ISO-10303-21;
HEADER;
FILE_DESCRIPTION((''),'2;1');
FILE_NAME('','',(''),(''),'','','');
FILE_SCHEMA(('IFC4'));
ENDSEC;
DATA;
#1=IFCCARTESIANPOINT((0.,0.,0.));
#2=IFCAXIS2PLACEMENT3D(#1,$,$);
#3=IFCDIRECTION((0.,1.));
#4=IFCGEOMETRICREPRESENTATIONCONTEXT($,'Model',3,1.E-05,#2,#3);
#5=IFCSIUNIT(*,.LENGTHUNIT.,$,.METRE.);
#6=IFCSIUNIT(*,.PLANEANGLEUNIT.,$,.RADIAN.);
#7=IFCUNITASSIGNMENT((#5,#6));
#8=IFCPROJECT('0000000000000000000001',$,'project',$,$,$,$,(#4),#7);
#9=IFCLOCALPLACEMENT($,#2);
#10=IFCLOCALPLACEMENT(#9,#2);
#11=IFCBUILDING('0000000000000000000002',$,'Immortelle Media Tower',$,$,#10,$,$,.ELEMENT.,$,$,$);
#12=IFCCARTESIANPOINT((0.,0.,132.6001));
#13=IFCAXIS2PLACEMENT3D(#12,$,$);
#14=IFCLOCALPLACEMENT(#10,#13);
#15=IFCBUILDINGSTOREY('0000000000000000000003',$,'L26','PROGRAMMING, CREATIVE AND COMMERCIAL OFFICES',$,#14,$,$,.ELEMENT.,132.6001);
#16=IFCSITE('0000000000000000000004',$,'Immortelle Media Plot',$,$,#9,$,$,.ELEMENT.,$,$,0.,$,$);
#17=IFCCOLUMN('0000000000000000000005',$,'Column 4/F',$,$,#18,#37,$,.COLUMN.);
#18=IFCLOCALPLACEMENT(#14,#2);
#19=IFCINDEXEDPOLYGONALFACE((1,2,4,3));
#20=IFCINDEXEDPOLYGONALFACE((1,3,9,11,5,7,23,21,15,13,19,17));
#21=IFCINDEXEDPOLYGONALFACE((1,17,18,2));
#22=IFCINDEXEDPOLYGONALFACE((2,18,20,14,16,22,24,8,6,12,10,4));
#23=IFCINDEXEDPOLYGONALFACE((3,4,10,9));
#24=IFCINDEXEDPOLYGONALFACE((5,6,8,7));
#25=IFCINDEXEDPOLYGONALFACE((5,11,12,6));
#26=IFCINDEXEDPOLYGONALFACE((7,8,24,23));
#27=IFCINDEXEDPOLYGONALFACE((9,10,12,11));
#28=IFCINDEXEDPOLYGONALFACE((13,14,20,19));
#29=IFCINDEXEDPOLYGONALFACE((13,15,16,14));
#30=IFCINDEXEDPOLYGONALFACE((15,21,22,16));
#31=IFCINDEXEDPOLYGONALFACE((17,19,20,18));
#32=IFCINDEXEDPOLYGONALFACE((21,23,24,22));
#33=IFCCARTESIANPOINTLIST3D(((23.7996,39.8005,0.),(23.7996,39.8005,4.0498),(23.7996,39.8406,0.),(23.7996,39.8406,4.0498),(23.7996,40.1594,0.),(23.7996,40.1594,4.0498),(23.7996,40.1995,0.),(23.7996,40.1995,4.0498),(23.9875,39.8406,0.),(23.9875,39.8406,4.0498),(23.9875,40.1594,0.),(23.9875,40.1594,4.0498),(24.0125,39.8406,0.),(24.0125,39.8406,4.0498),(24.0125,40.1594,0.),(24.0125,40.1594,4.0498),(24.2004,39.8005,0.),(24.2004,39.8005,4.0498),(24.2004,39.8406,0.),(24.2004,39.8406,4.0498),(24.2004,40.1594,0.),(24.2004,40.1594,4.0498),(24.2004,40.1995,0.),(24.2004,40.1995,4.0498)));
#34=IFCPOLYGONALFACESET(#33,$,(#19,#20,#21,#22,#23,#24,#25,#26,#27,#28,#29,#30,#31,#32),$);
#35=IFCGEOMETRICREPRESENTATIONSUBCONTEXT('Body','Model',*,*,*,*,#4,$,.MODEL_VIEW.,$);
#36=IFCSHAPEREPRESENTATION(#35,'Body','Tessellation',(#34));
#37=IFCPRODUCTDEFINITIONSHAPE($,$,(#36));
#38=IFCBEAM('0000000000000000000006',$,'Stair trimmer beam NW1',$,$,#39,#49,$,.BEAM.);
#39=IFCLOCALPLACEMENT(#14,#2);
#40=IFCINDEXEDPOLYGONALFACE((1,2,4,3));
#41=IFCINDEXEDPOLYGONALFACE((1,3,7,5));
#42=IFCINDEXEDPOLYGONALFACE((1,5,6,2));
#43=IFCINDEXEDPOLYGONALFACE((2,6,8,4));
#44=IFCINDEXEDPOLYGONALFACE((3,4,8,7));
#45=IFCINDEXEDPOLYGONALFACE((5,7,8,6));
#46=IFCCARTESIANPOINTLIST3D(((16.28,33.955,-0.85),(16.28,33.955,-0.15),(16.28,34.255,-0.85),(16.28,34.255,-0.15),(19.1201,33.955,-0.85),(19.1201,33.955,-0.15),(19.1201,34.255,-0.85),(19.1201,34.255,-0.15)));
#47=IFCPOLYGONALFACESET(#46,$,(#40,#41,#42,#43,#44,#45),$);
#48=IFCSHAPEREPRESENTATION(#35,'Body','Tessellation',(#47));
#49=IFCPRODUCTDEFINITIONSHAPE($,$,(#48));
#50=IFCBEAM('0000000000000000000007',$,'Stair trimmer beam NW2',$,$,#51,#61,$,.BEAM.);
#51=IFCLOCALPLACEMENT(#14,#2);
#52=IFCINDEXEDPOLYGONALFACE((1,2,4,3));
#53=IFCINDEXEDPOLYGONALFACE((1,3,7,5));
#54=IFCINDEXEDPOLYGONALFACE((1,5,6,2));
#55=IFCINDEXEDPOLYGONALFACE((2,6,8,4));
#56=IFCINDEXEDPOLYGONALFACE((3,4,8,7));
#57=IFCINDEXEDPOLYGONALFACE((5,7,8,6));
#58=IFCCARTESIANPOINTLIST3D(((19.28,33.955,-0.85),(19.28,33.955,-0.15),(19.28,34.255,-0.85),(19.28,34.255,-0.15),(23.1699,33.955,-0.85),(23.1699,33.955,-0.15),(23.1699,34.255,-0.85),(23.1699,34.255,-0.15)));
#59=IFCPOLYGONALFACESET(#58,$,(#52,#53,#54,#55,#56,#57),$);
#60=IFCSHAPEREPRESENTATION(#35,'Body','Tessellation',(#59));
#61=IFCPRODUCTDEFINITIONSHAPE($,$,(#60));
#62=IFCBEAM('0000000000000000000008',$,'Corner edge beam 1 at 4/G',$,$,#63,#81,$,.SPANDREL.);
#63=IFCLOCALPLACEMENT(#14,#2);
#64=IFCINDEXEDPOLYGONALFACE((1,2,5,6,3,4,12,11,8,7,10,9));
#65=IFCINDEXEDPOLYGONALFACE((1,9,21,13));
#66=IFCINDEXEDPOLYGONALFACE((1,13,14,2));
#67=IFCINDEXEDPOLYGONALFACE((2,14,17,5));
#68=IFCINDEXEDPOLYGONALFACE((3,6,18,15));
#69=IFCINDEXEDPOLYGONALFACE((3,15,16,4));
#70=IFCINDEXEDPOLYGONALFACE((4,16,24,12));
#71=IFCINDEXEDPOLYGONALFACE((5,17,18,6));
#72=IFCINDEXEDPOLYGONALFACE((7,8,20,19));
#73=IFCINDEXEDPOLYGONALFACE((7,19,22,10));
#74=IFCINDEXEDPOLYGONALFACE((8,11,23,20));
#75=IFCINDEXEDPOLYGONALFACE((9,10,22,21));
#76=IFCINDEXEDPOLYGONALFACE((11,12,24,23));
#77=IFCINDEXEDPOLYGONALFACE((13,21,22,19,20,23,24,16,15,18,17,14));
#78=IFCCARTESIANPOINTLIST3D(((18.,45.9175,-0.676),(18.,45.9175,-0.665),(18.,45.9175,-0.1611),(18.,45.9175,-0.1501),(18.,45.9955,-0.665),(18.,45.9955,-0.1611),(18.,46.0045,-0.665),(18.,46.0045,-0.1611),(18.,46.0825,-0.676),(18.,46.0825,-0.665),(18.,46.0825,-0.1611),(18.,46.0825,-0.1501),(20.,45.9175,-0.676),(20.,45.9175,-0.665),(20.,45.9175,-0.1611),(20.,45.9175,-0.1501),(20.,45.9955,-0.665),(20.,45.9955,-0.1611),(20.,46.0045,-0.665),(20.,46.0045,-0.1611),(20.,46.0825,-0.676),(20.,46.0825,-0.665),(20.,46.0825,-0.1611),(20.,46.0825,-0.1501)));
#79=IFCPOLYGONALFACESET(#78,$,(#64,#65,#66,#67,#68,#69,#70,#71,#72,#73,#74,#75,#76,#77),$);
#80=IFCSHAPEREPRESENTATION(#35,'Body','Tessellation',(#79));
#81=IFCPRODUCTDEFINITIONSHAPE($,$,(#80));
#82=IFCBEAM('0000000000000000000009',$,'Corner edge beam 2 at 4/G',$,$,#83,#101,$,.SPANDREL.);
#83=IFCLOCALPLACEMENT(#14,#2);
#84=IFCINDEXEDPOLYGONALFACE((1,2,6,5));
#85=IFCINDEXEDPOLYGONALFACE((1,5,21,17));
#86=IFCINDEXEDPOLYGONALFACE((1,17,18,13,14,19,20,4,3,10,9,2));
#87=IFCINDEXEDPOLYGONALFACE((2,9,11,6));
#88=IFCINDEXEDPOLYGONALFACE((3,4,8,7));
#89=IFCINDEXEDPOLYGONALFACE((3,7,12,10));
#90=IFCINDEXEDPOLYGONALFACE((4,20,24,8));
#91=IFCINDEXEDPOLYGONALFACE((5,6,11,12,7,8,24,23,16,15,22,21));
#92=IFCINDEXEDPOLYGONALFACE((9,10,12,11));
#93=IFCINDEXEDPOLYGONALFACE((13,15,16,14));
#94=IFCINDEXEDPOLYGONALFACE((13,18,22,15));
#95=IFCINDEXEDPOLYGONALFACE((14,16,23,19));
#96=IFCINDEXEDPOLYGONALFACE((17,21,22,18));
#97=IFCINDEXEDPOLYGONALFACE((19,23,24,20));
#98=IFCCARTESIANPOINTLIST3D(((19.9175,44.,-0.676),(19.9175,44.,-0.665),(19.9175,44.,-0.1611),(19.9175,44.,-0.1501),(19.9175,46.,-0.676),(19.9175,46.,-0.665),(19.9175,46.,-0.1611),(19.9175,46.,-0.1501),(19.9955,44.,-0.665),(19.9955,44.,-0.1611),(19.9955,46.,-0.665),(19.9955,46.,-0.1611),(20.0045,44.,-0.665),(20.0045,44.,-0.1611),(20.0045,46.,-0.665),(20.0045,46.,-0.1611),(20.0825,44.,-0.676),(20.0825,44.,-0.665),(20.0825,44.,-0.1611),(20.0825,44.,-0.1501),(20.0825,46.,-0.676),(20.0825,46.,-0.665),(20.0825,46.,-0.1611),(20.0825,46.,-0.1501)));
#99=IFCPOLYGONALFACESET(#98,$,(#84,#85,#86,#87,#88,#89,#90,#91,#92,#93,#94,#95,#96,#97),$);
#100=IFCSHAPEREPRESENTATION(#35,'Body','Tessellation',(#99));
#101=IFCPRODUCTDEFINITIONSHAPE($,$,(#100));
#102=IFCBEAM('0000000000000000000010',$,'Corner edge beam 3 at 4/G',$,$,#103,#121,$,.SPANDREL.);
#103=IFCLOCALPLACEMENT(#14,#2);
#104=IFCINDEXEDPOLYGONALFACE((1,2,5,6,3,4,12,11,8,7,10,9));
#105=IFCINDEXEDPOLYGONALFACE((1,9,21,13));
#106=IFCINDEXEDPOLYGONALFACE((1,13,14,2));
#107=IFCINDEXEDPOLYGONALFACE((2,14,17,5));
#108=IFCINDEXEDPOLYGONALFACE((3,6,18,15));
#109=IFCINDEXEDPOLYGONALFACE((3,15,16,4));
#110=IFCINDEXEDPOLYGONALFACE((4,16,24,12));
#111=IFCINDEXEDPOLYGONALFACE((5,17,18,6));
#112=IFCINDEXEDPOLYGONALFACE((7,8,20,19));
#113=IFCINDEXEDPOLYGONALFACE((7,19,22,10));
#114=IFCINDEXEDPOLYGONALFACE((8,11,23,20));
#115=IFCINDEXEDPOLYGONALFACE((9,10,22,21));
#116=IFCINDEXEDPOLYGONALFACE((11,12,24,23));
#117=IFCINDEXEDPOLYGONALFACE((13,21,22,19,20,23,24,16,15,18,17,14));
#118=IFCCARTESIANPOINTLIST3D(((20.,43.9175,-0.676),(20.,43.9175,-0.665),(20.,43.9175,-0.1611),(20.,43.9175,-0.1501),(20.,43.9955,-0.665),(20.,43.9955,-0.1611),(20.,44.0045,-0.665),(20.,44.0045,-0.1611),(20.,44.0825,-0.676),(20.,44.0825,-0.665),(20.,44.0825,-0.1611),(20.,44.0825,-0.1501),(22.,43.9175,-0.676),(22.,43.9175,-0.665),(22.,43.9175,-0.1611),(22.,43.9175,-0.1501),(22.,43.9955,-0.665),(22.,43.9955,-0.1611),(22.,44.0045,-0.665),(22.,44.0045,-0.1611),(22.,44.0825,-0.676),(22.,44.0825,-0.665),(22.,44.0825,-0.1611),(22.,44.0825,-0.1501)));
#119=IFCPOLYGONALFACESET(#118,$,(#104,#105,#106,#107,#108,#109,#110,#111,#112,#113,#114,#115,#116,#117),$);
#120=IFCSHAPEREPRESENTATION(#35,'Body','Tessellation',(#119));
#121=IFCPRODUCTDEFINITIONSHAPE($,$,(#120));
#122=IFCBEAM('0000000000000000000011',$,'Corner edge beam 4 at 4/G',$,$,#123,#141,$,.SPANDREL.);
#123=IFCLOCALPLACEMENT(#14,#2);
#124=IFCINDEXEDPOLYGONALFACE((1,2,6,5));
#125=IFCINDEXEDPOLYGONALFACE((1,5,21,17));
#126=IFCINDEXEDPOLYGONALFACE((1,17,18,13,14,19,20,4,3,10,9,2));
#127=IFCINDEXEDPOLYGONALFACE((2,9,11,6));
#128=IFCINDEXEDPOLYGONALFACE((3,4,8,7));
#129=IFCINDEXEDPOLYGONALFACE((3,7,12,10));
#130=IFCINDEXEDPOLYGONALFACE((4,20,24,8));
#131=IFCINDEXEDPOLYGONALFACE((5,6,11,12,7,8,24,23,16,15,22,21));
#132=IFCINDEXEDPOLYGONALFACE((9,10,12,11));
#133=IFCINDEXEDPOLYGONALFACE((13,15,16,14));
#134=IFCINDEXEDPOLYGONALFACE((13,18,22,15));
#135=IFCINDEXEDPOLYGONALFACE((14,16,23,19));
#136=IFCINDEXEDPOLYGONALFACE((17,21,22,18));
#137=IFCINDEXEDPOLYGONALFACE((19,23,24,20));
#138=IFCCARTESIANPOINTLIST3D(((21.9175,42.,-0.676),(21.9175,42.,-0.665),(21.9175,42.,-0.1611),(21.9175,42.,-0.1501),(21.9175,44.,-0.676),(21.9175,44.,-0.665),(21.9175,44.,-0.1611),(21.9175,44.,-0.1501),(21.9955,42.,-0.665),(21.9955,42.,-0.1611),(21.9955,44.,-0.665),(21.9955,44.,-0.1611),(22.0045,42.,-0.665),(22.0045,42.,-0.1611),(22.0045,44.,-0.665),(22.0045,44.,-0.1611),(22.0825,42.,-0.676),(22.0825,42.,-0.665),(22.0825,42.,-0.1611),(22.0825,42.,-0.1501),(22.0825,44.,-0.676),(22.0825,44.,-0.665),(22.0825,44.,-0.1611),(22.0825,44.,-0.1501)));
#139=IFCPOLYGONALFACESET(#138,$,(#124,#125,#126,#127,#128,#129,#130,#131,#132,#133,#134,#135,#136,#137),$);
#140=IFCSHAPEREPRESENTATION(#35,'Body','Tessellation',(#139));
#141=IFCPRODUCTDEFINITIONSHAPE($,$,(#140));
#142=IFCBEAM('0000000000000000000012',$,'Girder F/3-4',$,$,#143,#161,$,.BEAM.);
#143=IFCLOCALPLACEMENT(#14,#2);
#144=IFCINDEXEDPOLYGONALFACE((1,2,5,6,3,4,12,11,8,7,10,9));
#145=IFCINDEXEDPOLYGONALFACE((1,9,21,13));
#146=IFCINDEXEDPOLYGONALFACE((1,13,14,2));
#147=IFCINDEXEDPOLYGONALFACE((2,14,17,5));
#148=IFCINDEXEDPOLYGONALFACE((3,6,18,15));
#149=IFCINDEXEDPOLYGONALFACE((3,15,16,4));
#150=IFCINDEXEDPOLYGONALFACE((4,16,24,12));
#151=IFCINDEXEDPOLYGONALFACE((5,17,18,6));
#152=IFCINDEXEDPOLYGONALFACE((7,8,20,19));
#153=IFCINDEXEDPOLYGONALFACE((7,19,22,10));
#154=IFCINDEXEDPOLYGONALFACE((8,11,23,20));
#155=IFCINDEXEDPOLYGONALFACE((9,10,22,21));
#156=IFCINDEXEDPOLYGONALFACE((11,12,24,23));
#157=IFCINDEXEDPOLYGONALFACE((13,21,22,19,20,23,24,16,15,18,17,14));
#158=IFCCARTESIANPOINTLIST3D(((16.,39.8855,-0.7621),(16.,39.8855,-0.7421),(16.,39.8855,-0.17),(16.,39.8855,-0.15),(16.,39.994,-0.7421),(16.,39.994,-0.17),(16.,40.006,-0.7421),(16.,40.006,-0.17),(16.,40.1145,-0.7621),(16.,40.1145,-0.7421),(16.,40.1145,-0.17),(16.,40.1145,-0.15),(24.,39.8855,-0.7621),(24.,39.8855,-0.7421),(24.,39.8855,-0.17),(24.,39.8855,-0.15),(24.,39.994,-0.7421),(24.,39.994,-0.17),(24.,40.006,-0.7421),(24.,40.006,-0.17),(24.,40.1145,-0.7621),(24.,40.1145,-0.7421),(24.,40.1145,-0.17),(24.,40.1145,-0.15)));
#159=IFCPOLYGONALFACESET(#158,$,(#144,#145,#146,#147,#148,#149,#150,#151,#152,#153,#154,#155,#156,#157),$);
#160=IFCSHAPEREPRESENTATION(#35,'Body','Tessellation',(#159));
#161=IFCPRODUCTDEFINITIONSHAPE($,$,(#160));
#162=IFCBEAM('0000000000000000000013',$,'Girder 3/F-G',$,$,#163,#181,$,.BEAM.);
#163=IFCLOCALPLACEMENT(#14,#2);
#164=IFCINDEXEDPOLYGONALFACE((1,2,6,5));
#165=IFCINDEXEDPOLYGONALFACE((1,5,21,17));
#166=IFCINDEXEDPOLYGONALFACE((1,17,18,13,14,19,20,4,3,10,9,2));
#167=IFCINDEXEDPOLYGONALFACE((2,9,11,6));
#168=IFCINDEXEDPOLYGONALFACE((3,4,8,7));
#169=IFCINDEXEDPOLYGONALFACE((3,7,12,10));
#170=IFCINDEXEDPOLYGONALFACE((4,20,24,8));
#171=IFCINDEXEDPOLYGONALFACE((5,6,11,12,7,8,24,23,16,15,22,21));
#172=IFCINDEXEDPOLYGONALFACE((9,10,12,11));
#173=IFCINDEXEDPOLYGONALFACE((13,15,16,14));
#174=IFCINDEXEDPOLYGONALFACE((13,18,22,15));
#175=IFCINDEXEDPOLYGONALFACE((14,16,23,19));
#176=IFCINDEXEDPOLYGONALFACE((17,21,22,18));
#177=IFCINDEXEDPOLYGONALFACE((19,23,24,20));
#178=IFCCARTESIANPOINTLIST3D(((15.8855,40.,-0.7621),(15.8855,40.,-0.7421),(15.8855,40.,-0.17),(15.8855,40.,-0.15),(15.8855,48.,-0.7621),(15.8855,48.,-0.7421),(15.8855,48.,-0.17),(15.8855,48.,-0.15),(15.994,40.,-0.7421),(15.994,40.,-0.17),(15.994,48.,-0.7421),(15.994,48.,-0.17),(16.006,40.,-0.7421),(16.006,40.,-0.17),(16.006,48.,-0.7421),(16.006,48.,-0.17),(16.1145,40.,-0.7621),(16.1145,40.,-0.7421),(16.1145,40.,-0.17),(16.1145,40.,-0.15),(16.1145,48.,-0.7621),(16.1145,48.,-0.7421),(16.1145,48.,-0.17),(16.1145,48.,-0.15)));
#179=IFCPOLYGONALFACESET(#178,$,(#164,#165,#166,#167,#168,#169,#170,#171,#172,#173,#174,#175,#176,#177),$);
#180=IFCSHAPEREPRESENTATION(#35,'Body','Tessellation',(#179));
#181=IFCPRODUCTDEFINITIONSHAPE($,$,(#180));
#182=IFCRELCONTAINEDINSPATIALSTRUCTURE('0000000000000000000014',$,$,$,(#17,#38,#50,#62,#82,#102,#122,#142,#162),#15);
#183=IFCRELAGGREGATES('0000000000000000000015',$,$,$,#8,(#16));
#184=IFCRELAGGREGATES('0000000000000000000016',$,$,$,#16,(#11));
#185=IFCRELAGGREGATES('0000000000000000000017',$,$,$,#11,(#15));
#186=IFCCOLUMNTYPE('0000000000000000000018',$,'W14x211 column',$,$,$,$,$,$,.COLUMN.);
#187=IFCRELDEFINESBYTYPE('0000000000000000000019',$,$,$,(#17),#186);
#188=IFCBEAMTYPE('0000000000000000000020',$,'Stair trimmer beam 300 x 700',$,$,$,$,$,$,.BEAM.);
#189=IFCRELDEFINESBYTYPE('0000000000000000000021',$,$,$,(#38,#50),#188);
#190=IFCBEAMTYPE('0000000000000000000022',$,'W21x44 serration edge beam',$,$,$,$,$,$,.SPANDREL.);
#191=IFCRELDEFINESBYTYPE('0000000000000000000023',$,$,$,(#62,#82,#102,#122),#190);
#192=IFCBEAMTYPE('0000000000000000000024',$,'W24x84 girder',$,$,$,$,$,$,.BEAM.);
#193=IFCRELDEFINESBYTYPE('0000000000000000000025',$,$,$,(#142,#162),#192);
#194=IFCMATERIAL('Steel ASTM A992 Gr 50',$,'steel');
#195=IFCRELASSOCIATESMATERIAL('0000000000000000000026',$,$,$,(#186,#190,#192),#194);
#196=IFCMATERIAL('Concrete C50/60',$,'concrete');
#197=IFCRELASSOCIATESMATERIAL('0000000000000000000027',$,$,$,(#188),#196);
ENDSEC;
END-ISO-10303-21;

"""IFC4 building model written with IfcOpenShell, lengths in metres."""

from ifc_helpers import new_model, si_unit, direction, frame, origin, origin_2d, place, context, subcontext, project, spatial, rectangle, i_section, extrude, material, material_profile, profile_set, type_object, element, save


model = new_model("IFC4")

# Units and contexts
model_context = context("Model", 3, precision=1e-05, world=origin(), true_north=direction((0.0, 1.0)))
body_context = subcontext(model_context, "Body", "Model", "MODEL_VIEW")
ifc_project = project(units=[si_unit("LENGTHUNIT", "METRE"), si_unit("PLANEANGLEUNIT", "RADIAN")], contexts=[model_context])

# Site, building, storey
site_placement = place(None, origin())
site = spatial("IfcSite", under=ifc_project, at=site_placement, Name="Immortelle Media Plot", CompositionType="ELEMENT", RefElevation=0.0)
building_placement = place(site_placement, origin())
building = spatial("IfcBuilding", under=site, at=building_placement, Name="Immortelle Media Tower", CompositionType="ELEMENT")
storey_placement = place(building_placement, frame((0.0, 0.0, 132.6001)))
storey = spatial("IfcBuildingStorey", under=building, at=storey_placement, Name="L26", Description="PROGRAMMING, CREATIVE AND COMMERCIAL OFFICES", CompositionType="ELEMENT", Elevation=132.6001)

# Column
ifc_material_1 = material(Name="Steel ASTM A992 Gr 50", Category="steel")
ifc_material_profile_1 = material_profile(ifc_material_1, i_section(OverallWidth=0.4009, OverallDepth=0.3989, WebThickness=0.0249, FlangeThickness=0.04, at=origin_2d()), Name="W14x211")
ifc_profile_set_1 = profile_set([ifc_material_profile_1], Name="Steel ASTM A992 Gr 50")
column_type = type_object("IfcColumnType", Name="W14x211 column", PredefinedType="COLUMN", material=ifc_profile_set_1)
column_placement = place(storey_placement, frame((24.0, 40.0, 0.0), z_axis=(0.0, 0.0, 1.0), x_axis=(1.0, 0.0, 0.0)))
element("IfcColumn", 1, at=column_placement, inside=storey, type_object=column_type, Name="Column 4/F", PredefinedType="COLUMN", context=body_context, shape_type="SweptSolid", body=[
    extrude(i_section(OverallWidth=0.4009, OverallDepth=0.3989, WebThickness=0.0249, FlangeThickness=0.04, at=origin_2d()), origin(), (0.0, 0.0, 1.0), 4.0498),
])

# Beams
ifc_material_2 = material(Name="Concrete C50/60", Category="concrete")
ifc_material_profile_2 = material_profile(ifc_material_2, rectangle(XDim=0.3, YDim=0.7, at=origin_2d()), Name="RC 300x700")
ifc_profile_set_2 = profile_set([ifc_material_profile_2], Name="Concrete C50/60")
beam_type_1 = type_object("IfcBeamType", Name="Stair trimmer beam 300 x 700", PredefinedType="BEAM", material=ifc_profile_set_2)
beam_1_placement = place(storey_placement, frame((16.28, 34.105, -0.5), z_axis=(1.0, 0.0, 0.0), x_axis=(0.0, 1.0, 0.0)))
element("IfcBeam", 2, at=beam_1_placement, inside=storey, type_object=beam_type_1, Name="Stair trimmer beam NW1", PredefinedType="BEAM", context=body_context, shape_type="SweptSolid", body=[
    extrude(rectangle(XDim=0.3, YDim=0.7, at=origin_2d()), origin(), (0.0, 0.0, 1.0), 2.8401),
])
beam_2_placement = place(storey_placement, frame((19.28, 34.105, -0.5), z_axis=(1.0, 0.0, 0.0), x_axis=(0.0, 1.0, 0.0)))
element("IfcBeam", 3, at=beam_2_placement, inside=storey, type_object=beam_type_1, Name="Stair trimmer beam NW2", PredefinedType="BEAM", context=body_context, shape_type="SweptSolid", body=[
    extrude(rectangle(XDim=0.3, YDim=0.7, at=origin_2d()), origin(), (0.0, 0.0, 1.0), 3.8899),
])
ifc_material_profile_3 = material_profile(ifc_material_1, i_section(OverallWidth=0.165, OverallDepth=0.5259, WebThickness=0.009, FlangeThickness=0.011, at=origin_2d()), Name="W21x44")
ifc_profile_set_3 = profile_set([ifc_material_profile_3], Name="Steel ASTM A992 Gr 50")
beam_type_2 = type_object("IfcBeamType", Name="W21x44 serration edge beam", PredefinedType="SPANDREL", material=ifc_profile_set_3)
for number, where, z_axis, x_axis, name in (
    (4, (18.0, 46.0, -0.4131), (1.0, 0.0, 0.0), (0.0, 1.0, 0.0), "Corner edge beam 1 at 4/G"),
    (5, (20.0, 46.0, -0.4131), (0.0, -1.0, 0.0), (1.0, 0.0, 0.0), "Corner edge beam 2 at 4/G"),
    (6, (20.0, 44.0, -0.4131), (1.0, 0.0, 0.0), (0.0, 1.0, 0.0), "Corner edge beam 3 at 4/G"),
    (7, (22.0, 44.0, -0.4131), (0.0, -1.0, 0.0), (1.0, 0.0, 0.0), "Corner edge beam 4 at 4/G"),
):
    element("IfcBeam", number, at=place(storey_placement, frame(where, z_axis=z_axis, x_axis=x_axis)), inside=storey, type_object=beam_type_2, Name=name, PredefinedType="SPANDREL", context=body_context, shape_type="SweptSolid", body=[
        extrude(i_section(OverallWidth=0.165, OverallDepth=0.5259, WebThickness=0.009, FlangeThickness=0.011, at=origin_2d()), origin(), (0.0, 0.0, 1.0), 2.0),
    ])
ifc_material_profile_4 = material_profile(ifc_material_1, i_section(OverallWidth=0.229, OverallDepth=0.6121, WebThickness=0.012, FlangeThickness=0.02, at=origin_2d()), Name="W24x84")
ifc_profile_set_4 = profile_set([ifc_material_profile_4], Name="Steel ASTM A992 Gr 50")
beam_type_3 = type_object("IfcBeamType", Name="W24x84 girder", PredefinedType="BEAM", material=ifc_profile_set_4)
for number, where, z_axis, x_axis, name in (
    (8, (16.0, 40.0, -0.4561), (1.0, 0.0, 0.0), (0.0, 1.0, 0.0), "Girder F/3-4"),
    (9, (16.0, 40.0, -0.4561), (0.0, 1.0, 0.0), (-1.0, 0.0, 0.0), "Girder 3/F-G"),
):
    element("IfcBeam", number, at=place(storey_placement, frame(where, z_axis=z_axis, x_axis=x_axis)), inside=storey, type_object=beam_type_3, Name=name, PredefinedType="BEAM", context=body_context, shape_type="SweptSolid", body=[
        extrude(i_section(OverallWidth=0.229, OverallDepth=0.6121, WebThickness=0.012, FlangeThickness=0.02, at=origin_2d()), origin(), (0.0, 0.0, 1.0), 8.0),
    ])

save(model, "model.ifc")
